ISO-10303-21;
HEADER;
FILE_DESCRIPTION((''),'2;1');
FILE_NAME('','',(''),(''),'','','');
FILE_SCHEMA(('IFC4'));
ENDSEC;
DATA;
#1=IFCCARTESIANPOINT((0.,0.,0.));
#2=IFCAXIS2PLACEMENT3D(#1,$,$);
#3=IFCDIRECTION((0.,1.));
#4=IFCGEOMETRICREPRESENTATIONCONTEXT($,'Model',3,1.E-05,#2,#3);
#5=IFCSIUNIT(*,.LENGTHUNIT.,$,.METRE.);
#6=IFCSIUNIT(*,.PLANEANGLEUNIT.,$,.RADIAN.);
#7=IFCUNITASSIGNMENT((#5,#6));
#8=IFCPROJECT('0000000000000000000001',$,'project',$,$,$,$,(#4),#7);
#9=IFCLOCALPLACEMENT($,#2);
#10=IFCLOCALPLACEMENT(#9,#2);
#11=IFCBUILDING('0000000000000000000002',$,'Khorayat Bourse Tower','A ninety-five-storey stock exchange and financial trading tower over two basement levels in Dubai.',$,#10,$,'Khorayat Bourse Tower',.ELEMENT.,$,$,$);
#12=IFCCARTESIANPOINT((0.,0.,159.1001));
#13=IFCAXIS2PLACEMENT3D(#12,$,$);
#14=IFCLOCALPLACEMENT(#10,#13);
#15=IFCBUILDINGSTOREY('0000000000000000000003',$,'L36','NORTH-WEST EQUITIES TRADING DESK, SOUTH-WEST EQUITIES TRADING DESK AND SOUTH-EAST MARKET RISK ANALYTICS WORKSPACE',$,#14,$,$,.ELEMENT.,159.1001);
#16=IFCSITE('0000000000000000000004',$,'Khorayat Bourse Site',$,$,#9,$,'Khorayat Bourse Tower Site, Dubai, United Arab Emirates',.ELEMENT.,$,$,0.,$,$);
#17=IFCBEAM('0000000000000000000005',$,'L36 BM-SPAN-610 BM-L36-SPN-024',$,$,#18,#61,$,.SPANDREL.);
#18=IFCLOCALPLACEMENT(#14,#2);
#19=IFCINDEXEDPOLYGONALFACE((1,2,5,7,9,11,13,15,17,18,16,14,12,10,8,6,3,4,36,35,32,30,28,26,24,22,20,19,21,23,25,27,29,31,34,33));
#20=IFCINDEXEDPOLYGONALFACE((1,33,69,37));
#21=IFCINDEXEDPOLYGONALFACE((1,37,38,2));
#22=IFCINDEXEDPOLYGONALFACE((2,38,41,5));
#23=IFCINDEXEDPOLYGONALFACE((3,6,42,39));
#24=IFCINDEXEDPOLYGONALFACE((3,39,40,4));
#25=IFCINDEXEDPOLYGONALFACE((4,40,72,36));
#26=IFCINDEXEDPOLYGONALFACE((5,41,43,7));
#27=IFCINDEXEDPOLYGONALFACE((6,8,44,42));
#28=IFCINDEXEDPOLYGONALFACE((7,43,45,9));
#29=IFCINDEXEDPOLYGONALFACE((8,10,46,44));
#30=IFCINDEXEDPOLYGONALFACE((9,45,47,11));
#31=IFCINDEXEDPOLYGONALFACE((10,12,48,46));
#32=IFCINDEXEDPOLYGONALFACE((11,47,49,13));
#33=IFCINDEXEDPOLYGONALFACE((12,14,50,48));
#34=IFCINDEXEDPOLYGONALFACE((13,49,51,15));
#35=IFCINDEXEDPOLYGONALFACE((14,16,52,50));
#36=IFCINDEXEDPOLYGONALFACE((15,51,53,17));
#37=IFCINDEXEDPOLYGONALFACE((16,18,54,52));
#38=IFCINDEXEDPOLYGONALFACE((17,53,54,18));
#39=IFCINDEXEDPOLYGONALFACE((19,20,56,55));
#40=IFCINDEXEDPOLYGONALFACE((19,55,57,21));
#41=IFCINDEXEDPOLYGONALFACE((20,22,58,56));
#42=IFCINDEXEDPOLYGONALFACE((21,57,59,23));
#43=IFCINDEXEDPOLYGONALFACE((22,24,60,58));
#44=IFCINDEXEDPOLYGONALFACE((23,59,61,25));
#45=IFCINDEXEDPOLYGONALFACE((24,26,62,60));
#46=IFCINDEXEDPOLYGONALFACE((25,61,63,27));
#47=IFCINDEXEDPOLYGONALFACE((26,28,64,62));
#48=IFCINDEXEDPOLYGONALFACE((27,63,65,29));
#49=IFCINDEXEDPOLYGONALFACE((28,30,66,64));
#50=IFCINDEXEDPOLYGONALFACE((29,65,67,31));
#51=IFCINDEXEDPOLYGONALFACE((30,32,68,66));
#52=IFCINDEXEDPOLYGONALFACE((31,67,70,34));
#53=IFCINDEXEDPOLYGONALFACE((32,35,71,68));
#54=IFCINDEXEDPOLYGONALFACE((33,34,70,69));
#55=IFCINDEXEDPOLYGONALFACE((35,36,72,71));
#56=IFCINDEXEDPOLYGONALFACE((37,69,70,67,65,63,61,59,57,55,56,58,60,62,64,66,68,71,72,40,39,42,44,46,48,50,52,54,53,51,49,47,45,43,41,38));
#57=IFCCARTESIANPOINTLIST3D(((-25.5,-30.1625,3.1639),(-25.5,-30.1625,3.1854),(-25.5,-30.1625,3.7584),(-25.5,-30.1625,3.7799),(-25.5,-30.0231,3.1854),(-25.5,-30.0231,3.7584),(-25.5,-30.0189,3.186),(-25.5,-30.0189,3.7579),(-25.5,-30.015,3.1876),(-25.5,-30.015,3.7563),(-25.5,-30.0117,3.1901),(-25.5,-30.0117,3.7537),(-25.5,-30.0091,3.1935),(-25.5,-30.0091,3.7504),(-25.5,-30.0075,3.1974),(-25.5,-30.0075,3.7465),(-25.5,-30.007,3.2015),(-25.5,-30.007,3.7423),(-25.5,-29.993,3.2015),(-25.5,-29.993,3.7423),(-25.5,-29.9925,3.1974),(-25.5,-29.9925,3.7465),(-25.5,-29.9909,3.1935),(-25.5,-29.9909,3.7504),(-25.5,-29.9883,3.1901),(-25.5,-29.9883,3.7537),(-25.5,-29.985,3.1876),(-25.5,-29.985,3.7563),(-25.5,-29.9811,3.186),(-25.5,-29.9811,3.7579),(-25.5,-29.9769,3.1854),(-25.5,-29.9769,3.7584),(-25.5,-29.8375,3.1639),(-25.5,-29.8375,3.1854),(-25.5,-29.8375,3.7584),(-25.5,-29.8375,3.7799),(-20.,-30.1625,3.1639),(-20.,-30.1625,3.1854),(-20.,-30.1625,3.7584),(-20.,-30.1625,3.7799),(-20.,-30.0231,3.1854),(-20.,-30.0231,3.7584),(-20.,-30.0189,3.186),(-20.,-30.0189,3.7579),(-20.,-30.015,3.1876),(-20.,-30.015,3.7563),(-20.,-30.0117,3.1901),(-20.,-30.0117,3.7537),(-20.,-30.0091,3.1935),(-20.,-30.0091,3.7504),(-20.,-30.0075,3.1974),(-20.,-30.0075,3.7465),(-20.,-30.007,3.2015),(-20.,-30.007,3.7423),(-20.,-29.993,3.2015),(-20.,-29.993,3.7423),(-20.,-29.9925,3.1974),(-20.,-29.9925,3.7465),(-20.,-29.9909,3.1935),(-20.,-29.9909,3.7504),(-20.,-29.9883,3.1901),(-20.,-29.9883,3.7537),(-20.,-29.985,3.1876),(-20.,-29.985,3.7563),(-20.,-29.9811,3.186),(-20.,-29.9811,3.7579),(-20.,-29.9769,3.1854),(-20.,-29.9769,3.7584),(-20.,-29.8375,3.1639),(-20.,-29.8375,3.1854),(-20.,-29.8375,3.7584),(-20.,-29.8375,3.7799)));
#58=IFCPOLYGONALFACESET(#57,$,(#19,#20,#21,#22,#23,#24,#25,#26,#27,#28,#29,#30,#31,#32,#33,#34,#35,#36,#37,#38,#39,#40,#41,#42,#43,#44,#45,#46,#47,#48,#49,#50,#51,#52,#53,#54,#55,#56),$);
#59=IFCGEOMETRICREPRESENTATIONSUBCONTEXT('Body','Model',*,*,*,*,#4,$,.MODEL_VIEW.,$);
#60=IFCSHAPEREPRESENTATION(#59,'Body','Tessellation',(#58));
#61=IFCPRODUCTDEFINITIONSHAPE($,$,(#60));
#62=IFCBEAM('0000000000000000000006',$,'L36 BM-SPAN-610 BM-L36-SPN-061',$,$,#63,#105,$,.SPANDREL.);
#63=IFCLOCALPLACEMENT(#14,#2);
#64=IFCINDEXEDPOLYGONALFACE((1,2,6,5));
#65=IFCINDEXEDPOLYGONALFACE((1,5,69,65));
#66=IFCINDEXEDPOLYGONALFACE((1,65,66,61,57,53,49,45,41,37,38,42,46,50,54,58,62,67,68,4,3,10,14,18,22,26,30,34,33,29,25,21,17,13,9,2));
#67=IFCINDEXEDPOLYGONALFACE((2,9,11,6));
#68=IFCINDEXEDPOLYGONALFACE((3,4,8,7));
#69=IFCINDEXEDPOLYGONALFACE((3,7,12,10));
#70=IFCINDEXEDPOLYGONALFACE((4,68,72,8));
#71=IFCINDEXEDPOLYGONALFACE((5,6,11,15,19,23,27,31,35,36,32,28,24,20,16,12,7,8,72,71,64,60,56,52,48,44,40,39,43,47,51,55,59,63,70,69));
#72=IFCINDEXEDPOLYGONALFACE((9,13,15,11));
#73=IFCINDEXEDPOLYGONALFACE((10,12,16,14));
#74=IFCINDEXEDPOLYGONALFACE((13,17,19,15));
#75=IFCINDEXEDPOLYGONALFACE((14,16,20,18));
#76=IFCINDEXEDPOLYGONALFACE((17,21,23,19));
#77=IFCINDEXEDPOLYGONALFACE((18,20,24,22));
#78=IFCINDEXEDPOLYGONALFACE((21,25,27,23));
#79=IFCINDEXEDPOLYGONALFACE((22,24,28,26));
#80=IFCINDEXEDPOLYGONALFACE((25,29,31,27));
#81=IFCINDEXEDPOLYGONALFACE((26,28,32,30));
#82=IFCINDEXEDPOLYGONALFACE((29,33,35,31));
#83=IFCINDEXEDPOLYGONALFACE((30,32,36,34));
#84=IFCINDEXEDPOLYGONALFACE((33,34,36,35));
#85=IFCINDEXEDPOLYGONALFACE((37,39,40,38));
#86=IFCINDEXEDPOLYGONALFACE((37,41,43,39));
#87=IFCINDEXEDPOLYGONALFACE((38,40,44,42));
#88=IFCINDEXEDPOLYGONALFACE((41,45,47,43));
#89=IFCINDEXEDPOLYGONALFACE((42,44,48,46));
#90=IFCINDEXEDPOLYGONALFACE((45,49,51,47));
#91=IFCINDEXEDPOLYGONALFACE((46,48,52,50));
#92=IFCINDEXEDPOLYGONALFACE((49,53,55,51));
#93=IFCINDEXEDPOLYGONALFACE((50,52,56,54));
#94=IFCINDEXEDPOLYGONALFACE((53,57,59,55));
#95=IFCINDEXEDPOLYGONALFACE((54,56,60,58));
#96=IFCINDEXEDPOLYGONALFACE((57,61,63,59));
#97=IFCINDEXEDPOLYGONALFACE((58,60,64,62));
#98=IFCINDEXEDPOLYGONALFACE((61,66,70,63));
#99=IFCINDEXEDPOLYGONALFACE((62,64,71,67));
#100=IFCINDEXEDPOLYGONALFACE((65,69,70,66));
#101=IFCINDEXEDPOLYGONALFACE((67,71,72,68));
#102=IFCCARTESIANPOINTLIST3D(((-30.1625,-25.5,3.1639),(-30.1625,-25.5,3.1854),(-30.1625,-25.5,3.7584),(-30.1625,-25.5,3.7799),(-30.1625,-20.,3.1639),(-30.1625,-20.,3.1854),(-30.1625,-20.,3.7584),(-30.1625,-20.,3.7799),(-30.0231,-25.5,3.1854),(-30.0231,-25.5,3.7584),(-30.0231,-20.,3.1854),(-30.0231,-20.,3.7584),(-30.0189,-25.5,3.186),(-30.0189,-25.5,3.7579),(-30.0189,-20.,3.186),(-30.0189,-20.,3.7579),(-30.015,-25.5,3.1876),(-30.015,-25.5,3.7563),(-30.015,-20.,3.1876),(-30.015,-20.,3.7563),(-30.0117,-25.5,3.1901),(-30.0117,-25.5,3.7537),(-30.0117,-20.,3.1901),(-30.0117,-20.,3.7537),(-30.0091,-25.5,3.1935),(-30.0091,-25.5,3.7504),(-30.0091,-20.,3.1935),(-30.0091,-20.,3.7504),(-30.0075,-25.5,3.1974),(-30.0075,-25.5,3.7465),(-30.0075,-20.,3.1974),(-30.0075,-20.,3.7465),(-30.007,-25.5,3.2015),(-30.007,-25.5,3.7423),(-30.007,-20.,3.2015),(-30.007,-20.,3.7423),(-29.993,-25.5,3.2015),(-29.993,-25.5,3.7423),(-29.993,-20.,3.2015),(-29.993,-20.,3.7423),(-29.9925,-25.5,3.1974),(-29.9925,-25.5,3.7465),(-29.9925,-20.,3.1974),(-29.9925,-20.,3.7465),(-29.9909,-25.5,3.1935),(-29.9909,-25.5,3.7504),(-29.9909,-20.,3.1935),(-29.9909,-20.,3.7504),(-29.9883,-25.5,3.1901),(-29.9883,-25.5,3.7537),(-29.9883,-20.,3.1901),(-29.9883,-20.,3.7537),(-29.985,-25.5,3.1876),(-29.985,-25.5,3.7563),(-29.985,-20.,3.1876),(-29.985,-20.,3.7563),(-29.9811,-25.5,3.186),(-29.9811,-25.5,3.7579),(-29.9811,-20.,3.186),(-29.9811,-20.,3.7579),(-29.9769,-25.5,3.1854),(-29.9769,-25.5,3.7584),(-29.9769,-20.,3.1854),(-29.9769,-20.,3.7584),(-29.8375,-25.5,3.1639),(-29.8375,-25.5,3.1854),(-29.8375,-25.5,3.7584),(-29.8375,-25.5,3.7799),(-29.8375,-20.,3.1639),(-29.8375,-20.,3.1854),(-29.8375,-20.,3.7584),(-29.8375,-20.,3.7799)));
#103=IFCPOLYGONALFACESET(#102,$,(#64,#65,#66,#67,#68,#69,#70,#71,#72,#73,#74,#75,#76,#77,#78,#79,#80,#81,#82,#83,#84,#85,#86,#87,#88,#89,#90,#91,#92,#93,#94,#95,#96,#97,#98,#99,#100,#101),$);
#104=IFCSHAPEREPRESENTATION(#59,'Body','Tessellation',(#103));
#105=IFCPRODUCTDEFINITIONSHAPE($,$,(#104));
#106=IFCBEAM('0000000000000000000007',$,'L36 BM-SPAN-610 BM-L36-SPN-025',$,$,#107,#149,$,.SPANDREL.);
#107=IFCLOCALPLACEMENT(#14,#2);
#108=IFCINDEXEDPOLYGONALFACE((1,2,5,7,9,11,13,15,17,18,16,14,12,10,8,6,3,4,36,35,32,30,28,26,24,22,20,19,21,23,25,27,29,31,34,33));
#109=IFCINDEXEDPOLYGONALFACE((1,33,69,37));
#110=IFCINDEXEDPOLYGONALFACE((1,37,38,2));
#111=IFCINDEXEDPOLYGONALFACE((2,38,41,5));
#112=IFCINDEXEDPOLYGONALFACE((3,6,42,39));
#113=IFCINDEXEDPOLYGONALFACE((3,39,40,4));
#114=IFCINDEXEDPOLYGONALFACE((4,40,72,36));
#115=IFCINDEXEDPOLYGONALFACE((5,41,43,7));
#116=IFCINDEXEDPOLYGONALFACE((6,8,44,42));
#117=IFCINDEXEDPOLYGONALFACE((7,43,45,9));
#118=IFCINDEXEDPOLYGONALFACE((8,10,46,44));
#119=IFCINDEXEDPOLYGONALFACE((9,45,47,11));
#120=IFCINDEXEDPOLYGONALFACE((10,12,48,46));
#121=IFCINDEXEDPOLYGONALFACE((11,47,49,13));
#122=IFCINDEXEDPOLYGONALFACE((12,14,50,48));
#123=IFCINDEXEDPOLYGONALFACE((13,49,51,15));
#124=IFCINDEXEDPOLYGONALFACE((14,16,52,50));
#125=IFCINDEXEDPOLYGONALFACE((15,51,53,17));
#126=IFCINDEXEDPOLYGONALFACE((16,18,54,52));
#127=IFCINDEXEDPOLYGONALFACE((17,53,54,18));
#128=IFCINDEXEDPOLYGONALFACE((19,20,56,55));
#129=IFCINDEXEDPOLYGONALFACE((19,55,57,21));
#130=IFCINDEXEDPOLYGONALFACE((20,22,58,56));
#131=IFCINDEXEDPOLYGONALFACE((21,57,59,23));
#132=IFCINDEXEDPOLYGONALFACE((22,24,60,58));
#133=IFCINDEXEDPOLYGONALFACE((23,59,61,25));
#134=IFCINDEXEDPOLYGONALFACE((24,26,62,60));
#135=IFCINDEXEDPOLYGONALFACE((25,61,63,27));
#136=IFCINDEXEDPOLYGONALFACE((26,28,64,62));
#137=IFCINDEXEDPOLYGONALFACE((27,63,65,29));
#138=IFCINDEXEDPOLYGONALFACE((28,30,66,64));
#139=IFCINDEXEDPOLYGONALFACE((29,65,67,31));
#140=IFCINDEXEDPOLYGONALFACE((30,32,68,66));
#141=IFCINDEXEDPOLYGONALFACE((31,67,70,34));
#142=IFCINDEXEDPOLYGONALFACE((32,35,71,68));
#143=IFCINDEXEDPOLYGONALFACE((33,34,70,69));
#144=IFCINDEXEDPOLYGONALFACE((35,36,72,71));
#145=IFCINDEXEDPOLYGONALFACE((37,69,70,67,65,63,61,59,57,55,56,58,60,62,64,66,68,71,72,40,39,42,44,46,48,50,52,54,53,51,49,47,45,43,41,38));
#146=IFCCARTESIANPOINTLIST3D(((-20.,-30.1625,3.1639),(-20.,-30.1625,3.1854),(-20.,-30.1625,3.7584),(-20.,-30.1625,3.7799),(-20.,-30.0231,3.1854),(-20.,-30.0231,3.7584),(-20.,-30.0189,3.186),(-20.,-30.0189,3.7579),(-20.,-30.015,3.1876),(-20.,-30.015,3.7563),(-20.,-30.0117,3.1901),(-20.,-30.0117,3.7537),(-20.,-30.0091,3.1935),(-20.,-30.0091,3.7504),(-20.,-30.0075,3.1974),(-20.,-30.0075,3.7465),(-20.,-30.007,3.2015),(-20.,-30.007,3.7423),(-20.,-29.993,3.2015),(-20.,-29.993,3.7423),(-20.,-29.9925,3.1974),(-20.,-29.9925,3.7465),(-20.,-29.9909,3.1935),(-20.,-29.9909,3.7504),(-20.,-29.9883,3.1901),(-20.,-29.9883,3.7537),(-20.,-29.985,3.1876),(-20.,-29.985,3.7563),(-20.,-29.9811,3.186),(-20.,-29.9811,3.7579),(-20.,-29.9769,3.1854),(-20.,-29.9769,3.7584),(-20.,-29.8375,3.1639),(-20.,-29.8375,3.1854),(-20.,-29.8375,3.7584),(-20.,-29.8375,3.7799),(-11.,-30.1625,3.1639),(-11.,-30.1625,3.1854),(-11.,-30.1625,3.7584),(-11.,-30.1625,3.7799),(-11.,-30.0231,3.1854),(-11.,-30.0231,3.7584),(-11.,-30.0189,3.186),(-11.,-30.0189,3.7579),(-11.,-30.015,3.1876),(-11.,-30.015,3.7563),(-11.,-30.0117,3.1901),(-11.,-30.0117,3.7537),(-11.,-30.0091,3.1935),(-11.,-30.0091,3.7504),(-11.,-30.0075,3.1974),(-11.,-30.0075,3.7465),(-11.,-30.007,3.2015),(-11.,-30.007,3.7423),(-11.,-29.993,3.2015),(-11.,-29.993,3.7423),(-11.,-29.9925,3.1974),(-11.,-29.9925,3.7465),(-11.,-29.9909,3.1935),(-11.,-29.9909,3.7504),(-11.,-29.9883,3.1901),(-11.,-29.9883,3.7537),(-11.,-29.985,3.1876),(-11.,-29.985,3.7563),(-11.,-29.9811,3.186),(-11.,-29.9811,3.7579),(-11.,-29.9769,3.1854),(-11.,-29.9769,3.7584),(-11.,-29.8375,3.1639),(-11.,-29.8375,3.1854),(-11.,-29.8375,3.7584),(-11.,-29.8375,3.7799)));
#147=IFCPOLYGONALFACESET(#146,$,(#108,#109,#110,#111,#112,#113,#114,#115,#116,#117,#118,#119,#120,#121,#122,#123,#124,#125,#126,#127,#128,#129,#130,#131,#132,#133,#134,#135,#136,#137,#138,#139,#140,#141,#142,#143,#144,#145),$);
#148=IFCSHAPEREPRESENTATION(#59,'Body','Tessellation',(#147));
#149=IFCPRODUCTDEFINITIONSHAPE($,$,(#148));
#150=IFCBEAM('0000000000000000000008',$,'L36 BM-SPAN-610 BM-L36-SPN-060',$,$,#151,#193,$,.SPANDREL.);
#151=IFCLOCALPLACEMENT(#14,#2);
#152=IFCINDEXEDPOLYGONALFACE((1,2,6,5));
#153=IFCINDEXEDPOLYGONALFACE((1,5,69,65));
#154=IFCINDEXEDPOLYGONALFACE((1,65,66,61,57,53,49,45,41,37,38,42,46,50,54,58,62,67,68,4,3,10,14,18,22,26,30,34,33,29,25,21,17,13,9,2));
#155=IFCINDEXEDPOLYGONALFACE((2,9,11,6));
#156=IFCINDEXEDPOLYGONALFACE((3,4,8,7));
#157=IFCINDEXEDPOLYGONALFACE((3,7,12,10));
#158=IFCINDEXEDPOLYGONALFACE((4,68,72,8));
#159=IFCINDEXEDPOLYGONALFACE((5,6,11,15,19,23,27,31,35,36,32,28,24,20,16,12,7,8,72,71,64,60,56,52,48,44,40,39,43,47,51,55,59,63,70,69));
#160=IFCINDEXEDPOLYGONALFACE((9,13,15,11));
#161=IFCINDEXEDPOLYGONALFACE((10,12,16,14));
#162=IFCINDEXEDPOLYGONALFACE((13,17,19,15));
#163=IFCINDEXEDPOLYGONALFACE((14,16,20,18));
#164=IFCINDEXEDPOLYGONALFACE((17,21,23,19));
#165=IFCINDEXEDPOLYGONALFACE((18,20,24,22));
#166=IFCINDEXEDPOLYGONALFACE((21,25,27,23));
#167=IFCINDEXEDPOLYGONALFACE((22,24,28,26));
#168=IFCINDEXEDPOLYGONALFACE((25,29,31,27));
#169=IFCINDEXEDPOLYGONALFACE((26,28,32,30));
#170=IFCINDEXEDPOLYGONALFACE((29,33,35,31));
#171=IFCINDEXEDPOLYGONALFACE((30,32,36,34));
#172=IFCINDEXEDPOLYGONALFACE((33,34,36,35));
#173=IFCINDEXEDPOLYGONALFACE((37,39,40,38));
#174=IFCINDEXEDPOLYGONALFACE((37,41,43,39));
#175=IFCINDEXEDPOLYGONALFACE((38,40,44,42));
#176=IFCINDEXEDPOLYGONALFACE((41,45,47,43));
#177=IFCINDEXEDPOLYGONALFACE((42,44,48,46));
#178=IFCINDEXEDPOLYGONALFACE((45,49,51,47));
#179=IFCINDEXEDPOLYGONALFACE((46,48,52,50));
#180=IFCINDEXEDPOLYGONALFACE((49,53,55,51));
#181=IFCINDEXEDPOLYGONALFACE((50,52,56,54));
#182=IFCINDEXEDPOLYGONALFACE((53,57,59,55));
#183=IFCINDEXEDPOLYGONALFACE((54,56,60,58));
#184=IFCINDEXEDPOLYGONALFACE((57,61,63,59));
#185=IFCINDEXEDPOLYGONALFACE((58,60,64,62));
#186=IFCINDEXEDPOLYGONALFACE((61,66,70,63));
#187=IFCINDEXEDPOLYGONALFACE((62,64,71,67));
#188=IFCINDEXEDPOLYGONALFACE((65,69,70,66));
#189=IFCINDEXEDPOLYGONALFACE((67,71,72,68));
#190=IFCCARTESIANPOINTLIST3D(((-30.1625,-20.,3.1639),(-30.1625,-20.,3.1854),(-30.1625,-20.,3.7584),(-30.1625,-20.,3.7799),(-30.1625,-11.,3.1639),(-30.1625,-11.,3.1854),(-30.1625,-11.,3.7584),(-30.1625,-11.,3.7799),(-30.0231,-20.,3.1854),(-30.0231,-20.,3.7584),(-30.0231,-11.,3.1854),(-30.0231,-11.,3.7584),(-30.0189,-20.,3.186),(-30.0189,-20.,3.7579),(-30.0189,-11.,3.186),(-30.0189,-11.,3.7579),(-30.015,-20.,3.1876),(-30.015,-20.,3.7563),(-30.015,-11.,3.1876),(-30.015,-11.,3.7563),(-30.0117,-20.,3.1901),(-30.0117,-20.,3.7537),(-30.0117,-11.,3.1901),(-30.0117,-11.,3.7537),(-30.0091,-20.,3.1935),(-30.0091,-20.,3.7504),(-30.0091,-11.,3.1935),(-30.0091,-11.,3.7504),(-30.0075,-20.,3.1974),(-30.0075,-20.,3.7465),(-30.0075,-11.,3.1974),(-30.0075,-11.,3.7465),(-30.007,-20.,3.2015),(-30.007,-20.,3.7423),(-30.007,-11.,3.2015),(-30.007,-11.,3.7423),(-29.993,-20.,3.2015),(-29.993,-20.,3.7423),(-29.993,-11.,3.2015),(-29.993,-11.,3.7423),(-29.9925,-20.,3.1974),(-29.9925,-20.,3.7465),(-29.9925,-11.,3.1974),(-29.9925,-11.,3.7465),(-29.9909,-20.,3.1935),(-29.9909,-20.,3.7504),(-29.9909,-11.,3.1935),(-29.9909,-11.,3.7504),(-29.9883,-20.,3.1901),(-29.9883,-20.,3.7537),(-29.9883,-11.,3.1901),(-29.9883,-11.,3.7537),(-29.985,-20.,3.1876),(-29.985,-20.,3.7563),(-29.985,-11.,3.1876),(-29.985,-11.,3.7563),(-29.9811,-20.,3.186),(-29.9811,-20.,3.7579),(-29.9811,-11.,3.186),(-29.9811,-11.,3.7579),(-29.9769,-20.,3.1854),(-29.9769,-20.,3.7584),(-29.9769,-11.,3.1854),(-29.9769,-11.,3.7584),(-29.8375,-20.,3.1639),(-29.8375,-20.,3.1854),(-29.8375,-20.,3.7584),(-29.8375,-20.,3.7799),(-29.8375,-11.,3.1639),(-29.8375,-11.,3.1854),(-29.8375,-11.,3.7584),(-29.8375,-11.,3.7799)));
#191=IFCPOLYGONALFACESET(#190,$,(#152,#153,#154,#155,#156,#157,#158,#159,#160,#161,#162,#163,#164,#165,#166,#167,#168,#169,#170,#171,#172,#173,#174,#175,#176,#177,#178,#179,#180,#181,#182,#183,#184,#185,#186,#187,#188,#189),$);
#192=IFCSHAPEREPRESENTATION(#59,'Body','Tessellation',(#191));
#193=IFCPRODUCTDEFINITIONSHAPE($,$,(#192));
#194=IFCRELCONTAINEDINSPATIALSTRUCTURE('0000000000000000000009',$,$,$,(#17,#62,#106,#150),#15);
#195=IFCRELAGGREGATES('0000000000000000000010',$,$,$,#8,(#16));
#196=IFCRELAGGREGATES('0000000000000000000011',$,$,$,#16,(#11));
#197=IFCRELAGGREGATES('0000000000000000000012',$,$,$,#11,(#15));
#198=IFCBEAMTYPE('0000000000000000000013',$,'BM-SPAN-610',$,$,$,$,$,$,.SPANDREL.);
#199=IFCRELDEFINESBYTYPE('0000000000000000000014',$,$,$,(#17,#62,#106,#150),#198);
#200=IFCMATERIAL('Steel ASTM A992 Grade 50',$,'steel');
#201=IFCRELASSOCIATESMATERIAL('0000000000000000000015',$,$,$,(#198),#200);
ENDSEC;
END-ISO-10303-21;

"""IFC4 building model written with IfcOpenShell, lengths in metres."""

from ifc_helpers import new_model, si_unit, direction, frame, origin, origin_2d, place, context, subcontext, project, spatial, i_section, extrude, source, transform, mapped, material, material_profile, profile_set, type_object, element, save


model = new_model("IFC4")

# Units and contexts
model_context = context("Model", 3, precision=1e-05, world=origin(), true_north=direction((0.0, 1.0)))
body_context = subcontext(model_context, "Body", "Model", "MODEL_VIEW")
ifc_project = project(units=[si_unit("LENGTHUNIT", "METRE"), si_unit("PLANEANGLEUNIT", "RADIAN")], contexts=[model_context])

# Site, building, storey
site_placement = place(None, origin())
site = spatial("IfcSite", under=ifc_project, at=site_placement, Name="Khorayat Bourse Site", LongName="Khorayat Bourse Tower Site, Dubai, United Arab Emirates", CompositionType="ELEMENT", RefElevation=0.0)
building_placement = place(site_placement, origin())
building = spatial("IfcBuilding", under=site, at=building_placement, Name="Khorayat Bourse Tower", Description="A ninety-five-storey stock exchange and financial trading tower over two basement levels in Dubai.", LongName="Khorayat Bourse Tower", CompositionType="ELEMENT")
storey_placement = place(building_placement, frame((0.0, 0.0, 159.1001)))
storey = spatial("IfcBuildingStorey", under=building, at=storey_placement, Name="L36", Description="NORTH-WEST EQUITIES TRADING DESK, SOUTH-WEST EQUITIES TRADING DESK AND SOUTH-EAST MARKET RISK ANALYTICS WORKSPACE", CompositionType="ELEMENT", Elevation=159.1001)

# Beams
ifc_material_1 = material(Name="Steel ASTM A992 Grade 50", Category="steel")
ifc_material_profile_1 = material_profile(ifc_material_1, i_section(OverallWidth=0.325, OverallDepth=0.616, WebThickness=0.0139, FlangeThickness=0.0215, FilletRadius=0.0161, at=origin_2d()), Name="W610X174")
ifc_profile_set_1 = profile_set([ifc_material_profile_1], Name="Steel ASTM A992 Grade 50")
beam_type_1 = type_object("IfcBeamType", Name="BM-SPAN-610", PredefinedType="SPANDREL", material=ifc_profile_set_1)
shared_shape_1 = source(origin(), body_context, "Body", "SweptSolid", [
    extrude(i_section(OverallWidth=0.325, OverallDepth=0.616, WebThickness=0.0139, FlangeThickness=0.0215, FilletRadius=0.0161, at=origin_2d()), origin(), (0.0, 0.0, 1.0), 5.5),
])
for number, where, z_axis, x_axis, name in (
    (1, (-25.5, -30.0, 3.4719), (1.0, 0.0, 0.0), (0.0, 1.0, 0.0), "L36 BM-SPAN-610 BM-L36-SPN-024"),
    (2, (-30.0, -25.5, 3.4719), (0.0, 1.0, 0.0), (-1.0, 0.0, 0.0), "L36 BM-SPAN-610 BM-L36-SPN-061"),
):
    element("IfcBeam", number, at=place(storey_placement, frame(where, z_axis=z_axis, x_axis=x_axis)), inside=storey, type_object=beam_type_1, Name=name, PredefinedType="SPANDREL", context=body_context, shape_type="MappedRepresentation", body=[
        mapped(shared_shape_1, transform((0.0, 0.0, 0.0), scale=1.0)),
    ])
shared_shape_2 = source(origin(), body_context, "Body", "SweptSolid", [
    extrude(i_section(OverallWidth=0.325, OverallDepth=0.616, WebThickness=0.0139, FlangeThickness=0.0215, FilletRadius=0.0161, at=origin_2d()), origin(), (0.0, 0.0, 1.0), 9.0),
])
for number, where, z_axis, x_axis, name in (
    (3, (-20.0, -30.0, 3.4719), (1.0, 0.0, 0.0), (0.0, 1.0, 0.0), "L36 BM-SPAN-610 BM-L36-SPN-025"),
    (4, (-30.0, -20.0, 3.4719), (0.0, 1.0, 0.0), (-1.0, 0.0, 0.0), "L36 BM-SPAN-610 BM-L36-SPN-060"),
):
    element("IfcBeam", number, at=place(storey_placement, frame(where, z_axis=z_axis, x_axis=x_axis)), inside=storey, type_object=beam_type_1, Name=name, PredefinedType="SPANDREL", context=body_context, shape_type="MappedRepresentation", body=[
        mapped(shared_shape_2, transform((0.0, 0.0, 0.0), scale=1.0)),
    ])

save(model, "model.ifc")
